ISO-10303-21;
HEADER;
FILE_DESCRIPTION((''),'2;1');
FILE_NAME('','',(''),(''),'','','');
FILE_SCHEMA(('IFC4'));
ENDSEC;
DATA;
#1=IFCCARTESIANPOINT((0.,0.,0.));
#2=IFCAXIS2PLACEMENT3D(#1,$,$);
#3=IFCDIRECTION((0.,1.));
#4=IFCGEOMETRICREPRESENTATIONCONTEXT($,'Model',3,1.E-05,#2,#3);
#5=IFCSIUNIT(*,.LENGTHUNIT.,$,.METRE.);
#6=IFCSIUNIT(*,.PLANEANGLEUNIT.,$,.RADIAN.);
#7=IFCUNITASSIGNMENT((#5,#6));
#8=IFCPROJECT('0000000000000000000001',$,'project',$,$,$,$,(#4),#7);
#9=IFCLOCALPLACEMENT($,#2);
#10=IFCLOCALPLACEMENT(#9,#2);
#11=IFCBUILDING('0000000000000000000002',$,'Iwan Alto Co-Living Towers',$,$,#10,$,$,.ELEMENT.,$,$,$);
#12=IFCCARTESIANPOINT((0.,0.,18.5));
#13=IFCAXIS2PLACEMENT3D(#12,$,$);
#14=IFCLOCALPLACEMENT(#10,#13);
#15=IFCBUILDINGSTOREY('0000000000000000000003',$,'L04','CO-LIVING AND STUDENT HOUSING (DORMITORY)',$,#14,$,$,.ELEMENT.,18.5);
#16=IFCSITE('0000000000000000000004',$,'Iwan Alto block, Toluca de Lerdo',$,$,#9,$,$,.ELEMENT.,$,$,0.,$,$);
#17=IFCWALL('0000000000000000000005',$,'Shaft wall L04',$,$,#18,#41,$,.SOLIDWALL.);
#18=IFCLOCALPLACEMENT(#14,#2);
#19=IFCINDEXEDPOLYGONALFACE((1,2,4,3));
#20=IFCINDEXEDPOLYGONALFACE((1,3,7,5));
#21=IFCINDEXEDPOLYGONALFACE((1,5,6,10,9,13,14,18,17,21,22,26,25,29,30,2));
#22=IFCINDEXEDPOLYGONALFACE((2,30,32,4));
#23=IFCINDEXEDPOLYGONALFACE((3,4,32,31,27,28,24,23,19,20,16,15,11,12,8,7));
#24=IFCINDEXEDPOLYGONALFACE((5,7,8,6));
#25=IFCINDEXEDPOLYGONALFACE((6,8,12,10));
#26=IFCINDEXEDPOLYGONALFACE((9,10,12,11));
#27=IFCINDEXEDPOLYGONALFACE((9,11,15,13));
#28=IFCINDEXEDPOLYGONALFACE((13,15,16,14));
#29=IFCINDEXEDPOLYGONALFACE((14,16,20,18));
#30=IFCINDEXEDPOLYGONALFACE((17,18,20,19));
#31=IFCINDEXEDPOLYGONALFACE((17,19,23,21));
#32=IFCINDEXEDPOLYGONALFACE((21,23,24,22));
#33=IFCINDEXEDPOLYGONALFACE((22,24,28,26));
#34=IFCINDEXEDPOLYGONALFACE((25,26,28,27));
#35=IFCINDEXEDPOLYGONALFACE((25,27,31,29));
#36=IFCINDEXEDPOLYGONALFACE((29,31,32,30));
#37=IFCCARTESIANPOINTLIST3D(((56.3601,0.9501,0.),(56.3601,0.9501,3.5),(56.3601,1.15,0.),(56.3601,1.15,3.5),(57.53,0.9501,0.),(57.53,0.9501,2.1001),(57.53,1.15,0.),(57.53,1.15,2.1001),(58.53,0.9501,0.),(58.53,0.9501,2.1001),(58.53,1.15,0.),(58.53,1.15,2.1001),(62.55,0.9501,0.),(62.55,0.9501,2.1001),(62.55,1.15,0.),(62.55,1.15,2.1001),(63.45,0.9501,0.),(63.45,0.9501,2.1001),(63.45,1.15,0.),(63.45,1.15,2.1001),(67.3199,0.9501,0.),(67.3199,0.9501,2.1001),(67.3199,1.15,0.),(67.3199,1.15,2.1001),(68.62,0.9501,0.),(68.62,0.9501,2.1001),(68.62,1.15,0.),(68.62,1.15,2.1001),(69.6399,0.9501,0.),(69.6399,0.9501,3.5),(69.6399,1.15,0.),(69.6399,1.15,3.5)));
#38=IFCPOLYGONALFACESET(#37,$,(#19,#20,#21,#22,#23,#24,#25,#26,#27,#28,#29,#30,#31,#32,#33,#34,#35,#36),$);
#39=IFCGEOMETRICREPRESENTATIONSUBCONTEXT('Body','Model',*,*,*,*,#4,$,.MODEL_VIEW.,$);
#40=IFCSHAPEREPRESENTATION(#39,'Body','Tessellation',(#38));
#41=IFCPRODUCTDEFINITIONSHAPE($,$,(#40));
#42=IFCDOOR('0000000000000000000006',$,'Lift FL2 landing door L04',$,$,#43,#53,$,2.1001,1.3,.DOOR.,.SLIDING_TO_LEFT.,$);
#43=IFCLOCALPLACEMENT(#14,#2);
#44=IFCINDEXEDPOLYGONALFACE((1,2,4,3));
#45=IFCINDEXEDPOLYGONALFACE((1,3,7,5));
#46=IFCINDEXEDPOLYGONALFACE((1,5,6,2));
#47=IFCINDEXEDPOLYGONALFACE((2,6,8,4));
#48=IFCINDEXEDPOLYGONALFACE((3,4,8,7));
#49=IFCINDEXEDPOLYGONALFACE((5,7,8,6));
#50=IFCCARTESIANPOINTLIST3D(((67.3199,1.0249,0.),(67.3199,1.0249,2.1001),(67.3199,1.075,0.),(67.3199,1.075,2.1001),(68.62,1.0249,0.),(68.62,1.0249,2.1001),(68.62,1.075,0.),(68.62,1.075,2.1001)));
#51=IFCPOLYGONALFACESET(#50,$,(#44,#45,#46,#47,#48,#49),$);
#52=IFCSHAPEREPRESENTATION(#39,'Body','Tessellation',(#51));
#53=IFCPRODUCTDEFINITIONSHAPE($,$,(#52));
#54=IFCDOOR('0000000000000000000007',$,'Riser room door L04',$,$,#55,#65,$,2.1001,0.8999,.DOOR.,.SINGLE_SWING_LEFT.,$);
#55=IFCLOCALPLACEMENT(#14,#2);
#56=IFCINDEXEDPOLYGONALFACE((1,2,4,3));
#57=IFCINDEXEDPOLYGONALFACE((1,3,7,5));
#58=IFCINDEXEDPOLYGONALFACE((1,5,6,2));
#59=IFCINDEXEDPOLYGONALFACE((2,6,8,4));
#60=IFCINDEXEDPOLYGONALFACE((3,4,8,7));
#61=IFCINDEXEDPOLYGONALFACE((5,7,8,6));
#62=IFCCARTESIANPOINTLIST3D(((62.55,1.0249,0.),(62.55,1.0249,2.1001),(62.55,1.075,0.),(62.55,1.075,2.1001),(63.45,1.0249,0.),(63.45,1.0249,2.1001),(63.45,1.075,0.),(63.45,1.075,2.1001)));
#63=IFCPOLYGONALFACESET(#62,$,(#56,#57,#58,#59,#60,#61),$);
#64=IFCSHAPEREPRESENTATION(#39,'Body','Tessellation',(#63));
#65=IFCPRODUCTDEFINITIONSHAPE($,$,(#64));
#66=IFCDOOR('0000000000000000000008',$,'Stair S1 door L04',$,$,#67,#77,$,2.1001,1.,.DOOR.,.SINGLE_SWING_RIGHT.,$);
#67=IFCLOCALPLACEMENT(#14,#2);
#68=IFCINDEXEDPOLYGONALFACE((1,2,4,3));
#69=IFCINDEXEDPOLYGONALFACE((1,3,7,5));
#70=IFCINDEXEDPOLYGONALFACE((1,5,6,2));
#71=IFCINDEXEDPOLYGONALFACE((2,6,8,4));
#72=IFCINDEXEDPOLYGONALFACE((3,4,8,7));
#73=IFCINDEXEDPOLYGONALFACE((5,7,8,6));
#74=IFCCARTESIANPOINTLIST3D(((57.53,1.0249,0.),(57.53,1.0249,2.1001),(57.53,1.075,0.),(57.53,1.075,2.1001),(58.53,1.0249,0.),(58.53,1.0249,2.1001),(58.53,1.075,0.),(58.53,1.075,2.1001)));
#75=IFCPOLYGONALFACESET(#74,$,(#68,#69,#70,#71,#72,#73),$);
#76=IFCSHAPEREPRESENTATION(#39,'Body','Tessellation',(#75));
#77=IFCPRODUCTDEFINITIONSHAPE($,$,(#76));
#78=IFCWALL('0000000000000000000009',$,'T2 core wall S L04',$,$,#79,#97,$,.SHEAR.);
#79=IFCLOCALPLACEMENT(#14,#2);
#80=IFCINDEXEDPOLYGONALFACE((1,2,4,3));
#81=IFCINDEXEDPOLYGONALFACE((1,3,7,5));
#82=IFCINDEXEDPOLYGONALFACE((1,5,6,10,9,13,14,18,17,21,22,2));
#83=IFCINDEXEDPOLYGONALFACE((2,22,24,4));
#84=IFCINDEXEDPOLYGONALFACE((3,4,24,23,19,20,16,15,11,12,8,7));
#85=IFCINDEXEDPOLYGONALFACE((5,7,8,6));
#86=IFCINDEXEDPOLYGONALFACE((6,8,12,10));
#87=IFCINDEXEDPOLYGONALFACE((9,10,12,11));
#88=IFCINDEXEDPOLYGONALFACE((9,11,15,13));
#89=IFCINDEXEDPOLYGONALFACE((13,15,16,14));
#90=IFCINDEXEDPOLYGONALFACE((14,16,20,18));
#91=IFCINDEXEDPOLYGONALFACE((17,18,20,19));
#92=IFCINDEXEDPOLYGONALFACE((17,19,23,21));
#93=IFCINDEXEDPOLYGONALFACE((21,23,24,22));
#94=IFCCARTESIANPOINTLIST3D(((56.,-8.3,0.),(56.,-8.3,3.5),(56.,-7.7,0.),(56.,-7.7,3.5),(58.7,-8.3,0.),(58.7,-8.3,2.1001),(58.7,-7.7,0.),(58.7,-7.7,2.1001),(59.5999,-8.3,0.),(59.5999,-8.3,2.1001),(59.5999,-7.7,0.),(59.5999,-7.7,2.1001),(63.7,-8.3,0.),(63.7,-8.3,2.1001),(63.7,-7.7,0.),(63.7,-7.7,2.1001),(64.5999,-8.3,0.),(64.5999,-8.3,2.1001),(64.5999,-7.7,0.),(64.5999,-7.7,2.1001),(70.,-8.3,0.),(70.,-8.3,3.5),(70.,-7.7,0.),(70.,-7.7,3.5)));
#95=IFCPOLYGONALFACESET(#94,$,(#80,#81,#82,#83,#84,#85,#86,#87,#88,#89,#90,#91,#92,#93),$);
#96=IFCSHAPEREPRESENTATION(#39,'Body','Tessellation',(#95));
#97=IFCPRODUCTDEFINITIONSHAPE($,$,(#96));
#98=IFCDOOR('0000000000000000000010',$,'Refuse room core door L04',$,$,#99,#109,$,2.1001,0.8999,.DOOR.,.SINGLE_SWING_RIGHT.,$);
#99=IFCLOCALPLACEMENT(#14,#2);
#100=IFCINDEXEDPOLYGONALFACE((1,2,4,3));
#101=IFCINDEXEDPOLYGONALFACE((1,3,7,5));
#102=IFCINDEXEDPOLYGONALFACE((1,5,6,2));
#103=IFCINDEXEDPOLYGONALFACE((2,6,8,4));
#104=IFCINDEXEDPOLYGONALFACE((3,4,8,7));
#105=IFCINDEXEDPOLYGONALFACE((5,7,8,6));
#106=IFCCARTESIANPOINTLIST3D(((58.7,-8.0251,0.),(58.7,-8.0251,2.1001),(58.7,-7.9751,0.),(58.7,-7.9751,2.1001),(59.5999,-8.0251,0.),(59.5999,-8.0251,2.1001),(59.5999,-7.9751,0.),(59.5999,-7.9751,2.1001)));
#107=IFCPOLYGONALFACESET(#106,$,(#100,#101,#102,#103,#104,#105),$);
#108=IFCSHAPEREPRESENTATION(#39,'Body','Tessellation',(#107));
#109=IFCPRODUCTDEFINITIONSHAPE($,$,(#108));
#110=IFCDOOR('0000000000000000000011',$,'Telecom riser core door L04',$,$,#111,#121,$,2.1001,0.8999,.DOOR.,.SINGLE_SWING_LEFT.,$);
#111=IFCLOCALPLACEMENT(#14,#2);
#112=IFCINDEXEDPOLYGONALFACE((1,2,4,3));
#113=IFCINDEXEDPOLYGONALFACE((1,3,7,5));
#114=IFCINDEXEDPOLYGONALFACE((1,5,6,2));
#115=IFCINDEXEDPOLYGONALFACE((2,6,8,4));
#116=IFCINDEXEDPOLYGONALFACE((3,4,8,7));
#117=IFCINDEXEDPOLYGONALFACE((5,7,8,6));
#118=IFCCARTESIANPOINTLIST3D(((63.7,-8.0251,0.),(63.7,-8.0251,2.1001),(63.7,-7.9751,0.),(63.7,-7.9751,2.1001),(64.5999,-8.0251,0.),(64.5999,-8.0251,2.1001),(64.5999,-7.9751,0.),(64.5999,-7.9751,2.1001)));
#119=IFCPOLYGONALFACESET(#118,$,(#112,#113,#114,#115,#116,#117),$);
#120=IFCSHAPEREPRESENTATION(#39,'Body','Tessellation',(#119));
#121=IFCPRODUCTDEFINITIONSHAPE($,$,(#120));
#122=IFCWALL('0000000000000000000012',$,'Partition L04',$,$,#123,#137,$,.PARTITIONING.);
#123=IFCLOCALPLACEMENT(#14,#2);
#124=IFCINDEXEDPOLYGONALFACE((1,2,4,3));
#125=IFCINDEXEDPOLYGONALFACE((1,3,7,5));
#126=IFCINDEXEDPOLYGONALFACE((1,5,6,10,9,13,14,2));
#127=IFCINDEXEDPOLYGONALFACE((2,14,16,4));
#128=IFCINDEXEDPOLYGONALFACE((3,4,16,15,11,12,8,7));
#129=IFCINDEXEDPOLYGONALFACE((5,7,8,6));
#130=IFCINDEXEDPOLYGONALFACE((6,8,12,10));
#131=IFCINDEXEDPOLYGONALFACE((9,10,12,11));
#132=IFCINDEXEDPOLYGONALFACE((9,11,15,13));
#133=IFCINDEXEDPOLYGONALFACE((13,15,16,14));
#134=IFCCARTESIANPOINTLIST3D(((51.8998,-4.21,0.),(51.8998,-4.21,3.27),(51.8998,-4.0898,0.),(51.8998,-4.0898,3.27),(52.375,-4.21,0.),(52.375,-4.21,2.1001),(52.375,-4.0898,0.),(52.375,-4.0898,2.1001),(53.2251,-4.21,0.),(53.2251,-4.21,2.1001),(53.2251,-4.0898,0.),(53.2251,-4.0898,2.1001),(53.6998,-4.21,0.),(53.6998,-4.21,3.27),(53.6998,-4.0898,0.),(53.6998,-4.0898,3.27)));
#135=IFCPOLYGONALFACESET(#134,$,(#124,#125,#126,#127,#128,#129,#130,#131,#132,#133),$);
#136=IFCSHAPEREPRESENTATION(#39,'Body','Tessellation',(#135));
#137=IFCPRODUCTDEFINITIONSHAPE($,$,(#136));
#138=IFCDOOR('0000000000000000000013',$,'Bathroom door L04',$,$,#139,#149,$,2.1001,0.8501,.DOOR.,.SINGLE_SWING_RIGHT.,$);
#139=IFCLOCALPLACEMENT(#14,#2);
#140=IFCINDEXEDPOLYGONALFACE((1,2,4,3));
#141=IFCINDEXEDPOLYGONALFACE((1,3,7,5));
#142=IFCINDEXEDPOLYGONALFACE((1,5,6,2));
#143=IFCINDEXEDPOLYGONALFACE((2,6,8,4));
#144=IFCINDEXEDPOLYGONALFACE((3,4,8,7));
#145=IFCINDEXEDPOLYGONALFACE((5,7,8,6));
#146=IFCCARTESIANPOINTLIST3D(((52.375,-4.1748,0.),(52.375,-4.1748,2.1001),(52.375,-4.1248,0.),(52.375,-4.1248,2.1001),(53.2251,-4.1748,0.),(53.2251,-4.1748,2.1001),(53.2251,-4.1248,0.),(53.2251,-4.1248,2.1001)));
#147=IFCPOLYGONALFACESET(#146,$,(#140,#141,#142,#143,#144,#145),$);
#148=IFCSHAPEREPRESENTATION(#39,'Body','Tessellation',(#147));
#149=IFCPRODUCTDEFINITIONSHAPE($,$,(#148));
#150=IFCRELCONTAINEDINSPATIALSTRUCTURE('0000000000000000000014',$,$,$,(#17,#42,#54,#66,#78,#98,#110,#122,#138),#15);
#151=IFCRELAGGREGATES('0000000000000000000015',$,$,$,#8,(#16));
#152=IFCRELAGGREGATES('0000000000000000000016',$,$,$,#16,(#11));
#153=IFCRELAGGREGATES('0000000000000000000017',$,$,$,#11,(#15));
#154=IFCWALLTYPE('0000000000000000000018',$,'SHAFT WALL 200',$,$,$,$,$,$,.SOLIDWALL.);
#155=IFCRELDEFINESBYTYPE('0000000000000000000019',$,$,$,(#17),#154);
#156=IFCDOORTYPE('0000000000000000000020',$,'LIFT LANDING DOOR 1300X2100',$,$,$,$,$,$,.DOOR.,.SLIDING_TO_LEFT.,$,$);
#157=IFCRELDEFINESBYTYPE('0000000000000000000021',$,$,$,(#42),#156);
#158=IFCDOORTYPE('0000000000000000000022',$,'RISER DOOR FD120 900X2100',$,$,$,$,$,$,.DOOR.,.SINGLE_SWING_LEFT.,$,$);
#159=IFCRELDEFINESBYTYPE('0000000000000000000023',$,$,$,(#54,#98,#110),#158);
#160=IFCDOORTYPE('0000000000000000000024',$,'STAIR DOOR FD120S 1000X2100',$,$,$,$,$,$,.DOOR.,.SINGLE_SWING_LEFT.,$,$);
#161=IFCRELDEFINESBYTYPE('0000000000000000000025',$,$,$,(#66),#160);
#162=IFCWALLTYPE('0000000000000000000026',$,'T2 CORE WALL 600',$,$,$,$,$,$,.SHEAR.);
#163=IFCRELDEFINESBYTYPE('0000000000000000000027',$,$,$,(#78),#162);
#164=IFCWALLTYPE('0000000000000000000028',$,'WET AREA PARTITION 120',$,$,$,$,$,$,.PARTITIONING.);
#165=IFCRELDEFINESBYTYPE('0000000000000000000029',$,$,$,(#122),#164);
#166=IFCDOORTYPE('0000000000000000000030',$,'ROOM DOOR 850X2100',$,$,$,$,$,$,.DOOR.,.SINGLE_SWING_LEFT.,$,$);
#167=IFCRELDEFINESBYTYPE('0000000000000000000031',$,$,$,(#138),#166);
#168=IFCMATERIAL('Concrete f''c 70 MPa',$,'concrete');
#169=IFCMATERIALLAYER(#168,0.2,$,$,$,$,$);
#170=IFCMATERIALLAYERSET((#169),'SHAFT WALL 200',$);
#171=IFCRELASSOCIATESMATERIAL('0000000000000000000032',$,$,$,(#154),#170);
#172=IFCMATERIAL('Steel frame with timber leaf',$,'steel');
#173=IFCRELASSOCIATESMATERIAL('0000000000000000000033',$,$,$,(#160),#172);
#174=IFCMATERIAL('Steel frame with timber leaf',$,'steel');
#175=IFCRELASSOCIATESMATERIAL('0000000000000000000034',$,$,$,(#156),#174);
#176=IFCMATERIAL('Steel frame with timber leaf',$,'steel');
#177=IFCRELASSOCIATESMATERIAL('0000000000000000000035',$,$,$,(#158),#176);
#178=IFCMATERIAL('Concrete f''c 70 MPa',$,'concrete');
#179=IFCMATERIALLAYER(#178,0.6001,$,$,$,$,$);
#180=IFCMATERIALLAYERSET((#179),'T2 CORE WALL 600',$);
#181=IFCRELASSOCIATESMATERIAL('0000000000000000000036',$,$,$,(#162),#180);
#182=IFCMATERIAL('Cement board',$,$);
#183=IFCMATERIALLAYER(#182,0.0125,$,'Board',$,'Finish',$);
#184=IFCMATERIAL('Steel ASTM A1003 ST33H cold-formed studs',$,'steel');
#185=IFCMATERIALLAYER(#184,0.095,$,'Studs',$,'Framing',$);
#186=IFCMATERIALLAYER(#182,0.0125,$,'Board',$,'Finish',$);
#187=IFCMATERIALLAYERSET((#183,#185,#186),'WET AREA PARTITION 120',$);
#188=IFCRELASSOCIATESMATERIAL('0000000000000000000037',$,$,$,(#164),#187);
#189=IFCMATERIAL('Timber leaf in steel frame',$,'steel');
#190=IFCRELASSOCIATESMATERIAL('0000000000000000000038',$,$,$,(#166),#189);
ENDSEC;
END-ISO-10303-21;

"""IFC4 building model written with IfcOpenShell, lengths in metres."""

from ifc_helpers import new_model, si_unit, direction, frame, frame_2d, origin, place, context, subcontext, project, spatial, rectangle, extrude, material, layer, layer_set, type_object, element, fill, save


model = new_model("IFC4")

# Units and contexts
model_context = context("Model", 3, precision=1e-05, world=origin(), true_north=direction((0.0, 1.0)))
body_context = subcontext(model_context, "Body", "Model", "MODEL_VIEW")
ifc_project = project(units=[si_unit("LENGTHUNIT", "METRE"), si_unit("PLANEANGLEUNIT", "RADIAN")], contexts=[model_context])

# Site, building, storey
site_placement = place(None, origin())
site = spatial("IfcSite", under=ifc_project, at=site_placement, Name="Iwan Alto block, Toluca de Lerdo", CompositionType="ELEMENT", RefElevation=0.0)
building_placement = place(site_placement, origin())
building = spatial("IfcBuilding", under=site, at=building_placement, Name="Iwan Alto Co-Living Towers", CompositionType="ELEMENT")
storey_placement = place(building_placement, frame((0.0, 0.0, 18.5)))
storey = spatial("IfcBuildingStorey", under=building, at=storey_placement, Name="L04", Description="CO-LIVING AND STUDENT HOUSING (DORMITORY)", CompositionType="ELEMENT", Elevation=18.5)

# Shared definitions
ifc_material_1 = material(Name="Steel ASTM A1003 ST33H cold-formed studs", Category="steel")
ifc_material_2 = material(Name="Concrete f'c 70 MPa", Category="concrete")
ifc_layer_1 = layer(ifc_material_2, 0.2)
ifc_layer_set_1 = layer_set([ifc_layer_1], Name="SHAFT WALL 200")
wall_type_1 = type_object("IfcWallType", Name="SHAFT WALL 200", PredefinedType="SOLIDWALL", material=ifc_layer_set_1)

# Walls, openings, doors
ifc_material_3 = material(Name="Steel frame with timber leaf", Category="steel")
door_type_1 = type_object("IfcDoorType", Name="STAIR DOOR FD120S 1000X2100", OperationType="SINGLE_SWING_LEFT", PredefinedType="DOOR", material=ifc_material_3)
wall_1_placement = place(storey_placement, frame((56.3601, 1.05, 0.0), z_axis=(0.0, 0.0, 1.0), x_axis=(1.0, 0.0, 0.0)))
wall_1 = element("IfcWall", 1, at=wall_1_placement, inside=storey, type_object=wall_type_1, Name="Shaft wall L04", PredefinedType="SOLIDWALL", context=body_context, shape_type="SweptSolid", body=[
    extrude(rectangle(XDim=13.2798, YDim=0.2, at=frame_2d((6.6399, 0.0))), origin(), (0.0, 0.0, 1.0), 3.5),
])
opening_1_placement = place(wall_1_placement, frame((1.1699, 0.0, 0.0)))
opening_1 = element("IfcOpeningElement", 2, at=opening_1_placement, cuts=wall_1, PredefinedType="OPENING", context=body_context, shape_type="SweptSolid", body=[
    extrude(rectangle(XDim=1.0, YDim=2.1001, at=frame_2d((0.5, 1.05))), frame((0.0, 0.1099, 0.0), z_axis=(0.0, -1.0, 0.0), x_axis=(1.0, 0.0, 0.0)), (0.0, 0.0, 1.0), 0.22),
])
opening_2_placement = place(wall_1_placement, frame((6.1899, 0.0, 0.0)))
opening_2 = element("IfcOpeningElement", 3, at=opening_2_placement, cuts=wall_1, PredefinedType="OPENING", context=body_context, shape_type="SweptSolid", body=[
    extrude(rectangle(XDim=0.8999, YDim=2.1001, at=frame_2d((0.45, 1.05))), frame((0.0, 0.1099, 0.0), z_axis=(0.0, -1.0, 0.0), x_axis=(1.0, 0.0, 0.0)), (0.0, 0.0, 1.0), 0.22),
])
opening_3_placement = place(wall_1_placement, frame((10.96, 0.0, 0.0)))
opening_3 = element("IfcOpeningElement", 4, at=opening_3_placement, cuts=wall_1, PredefinedType="OPENING", context=body_context, shape_type="SweptSolid", body=[
    extrude(rectangle(XDim=1.3, YDim=2.1001, at=frame_2d((0.6499, 1.05))), frame((0.0, 0.1099, 0.0), z_axis=(0.0, -1.0, 0.0), x_axis=(1.0, 0.0, 0.0)), (0.0, 0.0, 1.0), 0.22),
])
ifc_material_4 = material(Name="Steel frame with timber leaf", Category="steel")
door_type_2 = type_object("IfcDoorType", Name="LIFT LANDING DOOR 1300X2100", OperationType="SLIDING_TO_LEFT", PredefinedType="DOOR", material=ifc_material_4)
door_1_placement = place(opening_3_placement, origin())
door_1 = element("IfcDoor", 5, at=door_1_placement, inside=storey, type_object=door_type_2, Name="Lift FL2 landing door L04", OperationType="SLIDING_TO_LEFT", OverallHeight=2.1001, OverallWidth=1.3, PredefinedType="DOOR", context=body_context, shape_type="SweptSolid", body=[
    extrude(rectangle(XDim=1.3, YDim=2.1001, at=frame_2d((0.6499, 1.05))), frame((0.0, 0.0249, 0.0), z_axis=(0.0, -1.0, 0.0), x_axis=(1.0, 0.0, 0.0)), (0.0, 0.0, 1.0), 0.05),
])
fill(opening_3, door_1)
ifc_material_5 = material(Name="Steel frame with timber leaf", Category="steel")
door_type_3 = type_object("IfcDoorType", Name="RISER DOOR FD120 900X2100", OperationType="SINGLE_SWING_LEFT", PredefinedType="DOOR", material=ifc_material_5)
door_2_placement = place(opening_2_placement, origin())
door_2 = element("IfcDoor", 6, at=door_2_placement, inside=storey, type_object=door_type_3, Name="Riser room door L04", OperationType="SINGLE_SWING_LEFT", OverallHeight=2.1001, OverallWidth=0.8999, PredefinedType="DOOR", context=body_context, shape_type="SweptSolid", body=[
    extrude(rectangle(XDim=0.8999, YDim=2.1001, at=frame_2d((0.45, 1.05))), frame((0.0, 0.0249, 0.0), z_axis=(0.0, -1.0, 0.0), x_axis=(1.0, 0.0, 0.0)), (0.0, 0.0, 1.0), 0.05),
])
fill(opening_2, door_2)
door_3_placement = place(opening_1_placement, origin())
door_3 = element("IfcDoor", 7, at=door_3_placement, inside=storey, type_object=door_type_1, Name="Stair S1 door L04", OperationType="SINGLE_SWING_RIGHT", OverallHeight=2.1001, OverallWidth=1.0, PredefinedType="DOOR", context=body_context, shape_type="SweptSolid", body=[
    extrude(rectangle(XDim=1.0, YDim=2.1001, at=frame_2d((0.5, 1.05))), frame((0.0, 0.0249, 0.0), z_axis=(0.0, -1.0, 0.0), x_axis=(1.0, 0.0, 0.0)), (0.0, 0.0, 1.0), 0.05),
])
fill(opening_1, door_3)
ifc_material_6 = material(Name="Concrete f'c 70 MPa", Category="concrete")
ifc_layer_2 = layer(ifc_material_6, 0.6001)
ifc_layer_set_2 = layer_set([ifc_layer_2], Name="T2 CORE WALL 600")
wall_type_2 = type_object("IfcWallType", Name="T2 CORE WALL 600", PredefinedType="SHEAR", material=ifc_layer_set_2)
wall_2_placement = place(storey_placement, frame((56.0, -8.0, 0.0), z_axis=(0.0, 0.0, 1.0), x_axis=(1.0, 0.0, 0.0)))
wall_2 = element("IfcWall", 8, at=wall_2_placement, inside=storey, type_object=wall_type_2, Name="T2 core wall S L04", PredefinedType="SHEAR", context=body_context, shape_type="SweptSolid", body=[
    extrude(rectangle(XDim=14.0, YDim=0.6001, at=frame_2d((7.0, 0.0))), origin(), (0.0, 0.0, 1.0), 3.5),
])
opening_4_placement = place(wall_2_placement, frame((2.7, 0.0, 0.0)))
opening_4 = element("IfcOpeningElement", 9, at=opening_4_placement, cuts=wall_2, PredefinedType="OPENING", context=body_context, shape_type="SweptSolid", body=[
    extrude(rectangle(XDim=0.8999, YDim=2.1001, at=frame_2d((0.45, 1.05))), frame((0.0, 0.3101, 0.0), z_axis=(0.0, -1.0, 0.0), x_axis=(1.0, 0.0, 0.0)), (0.0, 0.0, 1.0), 0.6201),
])
opening_5_placement = place(wall_2_placement, frame((7.7, 0.0, 0.0)))
opening_5 = element("IfcOpeningElement", 10, at=opening_5_placement, cuts=wall_2, PredefinedType="OPENING", context=body_context, shape_type="SweptSolid", body=[
    extrude(rectangle(XDim=0.8999, YDim=2.1001, at=frame_2d((0.45, 1.05))), frame((0.0, 0.3101, 0.0), z_axis=(0.0, -1.0, 0.0), x_axis=(1.0, 0.0, 0.0)), (0.0, 0.0, 1.0), 0.6201),
])
door_4_placement = place(opening_4_placement, origin())
door_4 = element("IfcDoor", 11, at=door_4_placement, inside=storey, type_object=door_type_3, Name="Refuse room core door L04", OperationType="SINGLE_SWING_RIGHT", OverallHeight=2.1001, OverallWidth=0.8999, PredefinedType="DOOR", context=body_context, shape_type="SweptSolid", body=[
    extrude(rectangle(XDim=0.8999, YDim=2.1001, at=frame_2d((0.45, 1.05))), frame((0.0, 0.0249, 0.0), z_axis=(0.0, -1.0, 0.0), x_axis=(1.0, 0.0, 0.0)), (0.0, 0.0, 1.0), 0.05),
])
fill(opening_4, door_4)
door_5_placement = place(opening_5_placement, origin())
door_5 = element("IfcDoor", 12, at=door_5_placement, inside=storey, type_object=door_type_3, Name="Telecom riser core door L04", OperationType="SINGLE_SWING_LEFT", OverallHeight=2.1001, OverallWidth=0.8999, PredefinedType="DOOR", context=body_context, shape_type="SweptSolid", body=[
    extrude(rectangle(XDim=0.8999, YDim=2.1001, at=frame_2d((0.45, 1.05))), frame((0.0, 0.0249, 0.0), z_axis=(0.0, -1.0, 0.0), x_axis=(1.0, 0.0, 0.0)), (0.0, 0.0, 1.0), 0.05),
])
fill(opening_5, door_5)

# Wall, opening, door
ifc_material_7 = material(Name="Cement board")
ifc_layer_3 = layer(ifc_material_7, 0.0125, Name="Board", Category="Finish")
ifc_layer_4 = layer(ifc_material_1, 0.095, Name="Studs", Category="Framing")
ifc_layer_5 = layer(ifc_material_7, 0.0125, Name="Board", Category="Finish")
ifc_layer_set_3 = layer_set([ifc_layer_3, ifc_layer_4, ifc_layer_5], Name="WET AREA PARTITION 120")
wall_type_3 = type_object("IfcWallType", Name="WET AREA PARTITION 120", PredefinedType="PARTITIONING", material=ifc_layer_set_3)
wall_3_placement = place(storey_placement, frame((51.8999, -4.1499, 0.0), z_axis=(0.0, 0.0, 1.0), x_axis=(1.0, 0.0, 0.0)))
wall_3 = element("IfcWall", 13, at=wall_3_placement, inside=storey, type_object=wall_type_3, Name="Partition L04", PredefinedType="PARTITIONING", context=body_context, shape_type="SweptSolid", body=[
    extrude(rectangle(XDim=1.8, YDim=0.1201, at=frame_2d((0.8999, 0.0))), origin(), (0.0, 0.0, 1.0), 3.27),
])
opening_6_placement = place(wall_3_placement, frame((0.4751, 0.0, 0.0)))
opening_6 = element("IfcOpeningElement", 14, at=opening_6_placement, cuts=wall_3, PredefinedType="OPENING", context=body_context, shape_type="SweptSolid", body=[
    extrude(rectangle(XDim=0.8501, YDim=2.1001, at=frame_2d((0.425, 1.05))), frame((0.0, 0.0701, 0.0), z_axis=(0.0, -1.0, 0.0), x_axis=(1.0, 0.0, 0.0)), (0.0, 0.0, 1.0), 0.1401),
])
ifc_material_8 = material(Name="Timber leaf in steel frame", Category="steel")
door_type_4 = type_object("IfcDoorType", Name="ROOM DOOR 850X2100", OperationType="SINGLE_SWING_LEFT", PredefinedType="DOOR", material=ifc_material_8)
door_6_placement = place(opening_6_placement, frame((0.8501, 0.0, 0.0), z_axis=(0.0, 0.0, 1.0), x_axis=(-1.0, 0.0, 0.0)))
door_6 = element("IfcDoor", 15, at=door_6_placement, inside=storey, type_object=door_type_4, Name="Bathroom door L04", OperationType="SINGLE_SWING_RIGHT", OverallHeight=2.1001, OverallWidth=0.8501, PredefinedType="DOOR", context=body_context, shape_type="SweptSolid", body=[
    extrude(rectangle(XDim=0.8501, YDim=2.1001, at=frame_2d((0.425, 1.05))), frame((0.0, 0.0249, 0.0), z_axis=(0.0, -1.0, 0.0), x_axis=(1.0, 0.0, 0.0)), (0.0, 0.0, 1.0), 0.05),
])
fill(opening_6, door_6)

save(model, "model.ifc")
